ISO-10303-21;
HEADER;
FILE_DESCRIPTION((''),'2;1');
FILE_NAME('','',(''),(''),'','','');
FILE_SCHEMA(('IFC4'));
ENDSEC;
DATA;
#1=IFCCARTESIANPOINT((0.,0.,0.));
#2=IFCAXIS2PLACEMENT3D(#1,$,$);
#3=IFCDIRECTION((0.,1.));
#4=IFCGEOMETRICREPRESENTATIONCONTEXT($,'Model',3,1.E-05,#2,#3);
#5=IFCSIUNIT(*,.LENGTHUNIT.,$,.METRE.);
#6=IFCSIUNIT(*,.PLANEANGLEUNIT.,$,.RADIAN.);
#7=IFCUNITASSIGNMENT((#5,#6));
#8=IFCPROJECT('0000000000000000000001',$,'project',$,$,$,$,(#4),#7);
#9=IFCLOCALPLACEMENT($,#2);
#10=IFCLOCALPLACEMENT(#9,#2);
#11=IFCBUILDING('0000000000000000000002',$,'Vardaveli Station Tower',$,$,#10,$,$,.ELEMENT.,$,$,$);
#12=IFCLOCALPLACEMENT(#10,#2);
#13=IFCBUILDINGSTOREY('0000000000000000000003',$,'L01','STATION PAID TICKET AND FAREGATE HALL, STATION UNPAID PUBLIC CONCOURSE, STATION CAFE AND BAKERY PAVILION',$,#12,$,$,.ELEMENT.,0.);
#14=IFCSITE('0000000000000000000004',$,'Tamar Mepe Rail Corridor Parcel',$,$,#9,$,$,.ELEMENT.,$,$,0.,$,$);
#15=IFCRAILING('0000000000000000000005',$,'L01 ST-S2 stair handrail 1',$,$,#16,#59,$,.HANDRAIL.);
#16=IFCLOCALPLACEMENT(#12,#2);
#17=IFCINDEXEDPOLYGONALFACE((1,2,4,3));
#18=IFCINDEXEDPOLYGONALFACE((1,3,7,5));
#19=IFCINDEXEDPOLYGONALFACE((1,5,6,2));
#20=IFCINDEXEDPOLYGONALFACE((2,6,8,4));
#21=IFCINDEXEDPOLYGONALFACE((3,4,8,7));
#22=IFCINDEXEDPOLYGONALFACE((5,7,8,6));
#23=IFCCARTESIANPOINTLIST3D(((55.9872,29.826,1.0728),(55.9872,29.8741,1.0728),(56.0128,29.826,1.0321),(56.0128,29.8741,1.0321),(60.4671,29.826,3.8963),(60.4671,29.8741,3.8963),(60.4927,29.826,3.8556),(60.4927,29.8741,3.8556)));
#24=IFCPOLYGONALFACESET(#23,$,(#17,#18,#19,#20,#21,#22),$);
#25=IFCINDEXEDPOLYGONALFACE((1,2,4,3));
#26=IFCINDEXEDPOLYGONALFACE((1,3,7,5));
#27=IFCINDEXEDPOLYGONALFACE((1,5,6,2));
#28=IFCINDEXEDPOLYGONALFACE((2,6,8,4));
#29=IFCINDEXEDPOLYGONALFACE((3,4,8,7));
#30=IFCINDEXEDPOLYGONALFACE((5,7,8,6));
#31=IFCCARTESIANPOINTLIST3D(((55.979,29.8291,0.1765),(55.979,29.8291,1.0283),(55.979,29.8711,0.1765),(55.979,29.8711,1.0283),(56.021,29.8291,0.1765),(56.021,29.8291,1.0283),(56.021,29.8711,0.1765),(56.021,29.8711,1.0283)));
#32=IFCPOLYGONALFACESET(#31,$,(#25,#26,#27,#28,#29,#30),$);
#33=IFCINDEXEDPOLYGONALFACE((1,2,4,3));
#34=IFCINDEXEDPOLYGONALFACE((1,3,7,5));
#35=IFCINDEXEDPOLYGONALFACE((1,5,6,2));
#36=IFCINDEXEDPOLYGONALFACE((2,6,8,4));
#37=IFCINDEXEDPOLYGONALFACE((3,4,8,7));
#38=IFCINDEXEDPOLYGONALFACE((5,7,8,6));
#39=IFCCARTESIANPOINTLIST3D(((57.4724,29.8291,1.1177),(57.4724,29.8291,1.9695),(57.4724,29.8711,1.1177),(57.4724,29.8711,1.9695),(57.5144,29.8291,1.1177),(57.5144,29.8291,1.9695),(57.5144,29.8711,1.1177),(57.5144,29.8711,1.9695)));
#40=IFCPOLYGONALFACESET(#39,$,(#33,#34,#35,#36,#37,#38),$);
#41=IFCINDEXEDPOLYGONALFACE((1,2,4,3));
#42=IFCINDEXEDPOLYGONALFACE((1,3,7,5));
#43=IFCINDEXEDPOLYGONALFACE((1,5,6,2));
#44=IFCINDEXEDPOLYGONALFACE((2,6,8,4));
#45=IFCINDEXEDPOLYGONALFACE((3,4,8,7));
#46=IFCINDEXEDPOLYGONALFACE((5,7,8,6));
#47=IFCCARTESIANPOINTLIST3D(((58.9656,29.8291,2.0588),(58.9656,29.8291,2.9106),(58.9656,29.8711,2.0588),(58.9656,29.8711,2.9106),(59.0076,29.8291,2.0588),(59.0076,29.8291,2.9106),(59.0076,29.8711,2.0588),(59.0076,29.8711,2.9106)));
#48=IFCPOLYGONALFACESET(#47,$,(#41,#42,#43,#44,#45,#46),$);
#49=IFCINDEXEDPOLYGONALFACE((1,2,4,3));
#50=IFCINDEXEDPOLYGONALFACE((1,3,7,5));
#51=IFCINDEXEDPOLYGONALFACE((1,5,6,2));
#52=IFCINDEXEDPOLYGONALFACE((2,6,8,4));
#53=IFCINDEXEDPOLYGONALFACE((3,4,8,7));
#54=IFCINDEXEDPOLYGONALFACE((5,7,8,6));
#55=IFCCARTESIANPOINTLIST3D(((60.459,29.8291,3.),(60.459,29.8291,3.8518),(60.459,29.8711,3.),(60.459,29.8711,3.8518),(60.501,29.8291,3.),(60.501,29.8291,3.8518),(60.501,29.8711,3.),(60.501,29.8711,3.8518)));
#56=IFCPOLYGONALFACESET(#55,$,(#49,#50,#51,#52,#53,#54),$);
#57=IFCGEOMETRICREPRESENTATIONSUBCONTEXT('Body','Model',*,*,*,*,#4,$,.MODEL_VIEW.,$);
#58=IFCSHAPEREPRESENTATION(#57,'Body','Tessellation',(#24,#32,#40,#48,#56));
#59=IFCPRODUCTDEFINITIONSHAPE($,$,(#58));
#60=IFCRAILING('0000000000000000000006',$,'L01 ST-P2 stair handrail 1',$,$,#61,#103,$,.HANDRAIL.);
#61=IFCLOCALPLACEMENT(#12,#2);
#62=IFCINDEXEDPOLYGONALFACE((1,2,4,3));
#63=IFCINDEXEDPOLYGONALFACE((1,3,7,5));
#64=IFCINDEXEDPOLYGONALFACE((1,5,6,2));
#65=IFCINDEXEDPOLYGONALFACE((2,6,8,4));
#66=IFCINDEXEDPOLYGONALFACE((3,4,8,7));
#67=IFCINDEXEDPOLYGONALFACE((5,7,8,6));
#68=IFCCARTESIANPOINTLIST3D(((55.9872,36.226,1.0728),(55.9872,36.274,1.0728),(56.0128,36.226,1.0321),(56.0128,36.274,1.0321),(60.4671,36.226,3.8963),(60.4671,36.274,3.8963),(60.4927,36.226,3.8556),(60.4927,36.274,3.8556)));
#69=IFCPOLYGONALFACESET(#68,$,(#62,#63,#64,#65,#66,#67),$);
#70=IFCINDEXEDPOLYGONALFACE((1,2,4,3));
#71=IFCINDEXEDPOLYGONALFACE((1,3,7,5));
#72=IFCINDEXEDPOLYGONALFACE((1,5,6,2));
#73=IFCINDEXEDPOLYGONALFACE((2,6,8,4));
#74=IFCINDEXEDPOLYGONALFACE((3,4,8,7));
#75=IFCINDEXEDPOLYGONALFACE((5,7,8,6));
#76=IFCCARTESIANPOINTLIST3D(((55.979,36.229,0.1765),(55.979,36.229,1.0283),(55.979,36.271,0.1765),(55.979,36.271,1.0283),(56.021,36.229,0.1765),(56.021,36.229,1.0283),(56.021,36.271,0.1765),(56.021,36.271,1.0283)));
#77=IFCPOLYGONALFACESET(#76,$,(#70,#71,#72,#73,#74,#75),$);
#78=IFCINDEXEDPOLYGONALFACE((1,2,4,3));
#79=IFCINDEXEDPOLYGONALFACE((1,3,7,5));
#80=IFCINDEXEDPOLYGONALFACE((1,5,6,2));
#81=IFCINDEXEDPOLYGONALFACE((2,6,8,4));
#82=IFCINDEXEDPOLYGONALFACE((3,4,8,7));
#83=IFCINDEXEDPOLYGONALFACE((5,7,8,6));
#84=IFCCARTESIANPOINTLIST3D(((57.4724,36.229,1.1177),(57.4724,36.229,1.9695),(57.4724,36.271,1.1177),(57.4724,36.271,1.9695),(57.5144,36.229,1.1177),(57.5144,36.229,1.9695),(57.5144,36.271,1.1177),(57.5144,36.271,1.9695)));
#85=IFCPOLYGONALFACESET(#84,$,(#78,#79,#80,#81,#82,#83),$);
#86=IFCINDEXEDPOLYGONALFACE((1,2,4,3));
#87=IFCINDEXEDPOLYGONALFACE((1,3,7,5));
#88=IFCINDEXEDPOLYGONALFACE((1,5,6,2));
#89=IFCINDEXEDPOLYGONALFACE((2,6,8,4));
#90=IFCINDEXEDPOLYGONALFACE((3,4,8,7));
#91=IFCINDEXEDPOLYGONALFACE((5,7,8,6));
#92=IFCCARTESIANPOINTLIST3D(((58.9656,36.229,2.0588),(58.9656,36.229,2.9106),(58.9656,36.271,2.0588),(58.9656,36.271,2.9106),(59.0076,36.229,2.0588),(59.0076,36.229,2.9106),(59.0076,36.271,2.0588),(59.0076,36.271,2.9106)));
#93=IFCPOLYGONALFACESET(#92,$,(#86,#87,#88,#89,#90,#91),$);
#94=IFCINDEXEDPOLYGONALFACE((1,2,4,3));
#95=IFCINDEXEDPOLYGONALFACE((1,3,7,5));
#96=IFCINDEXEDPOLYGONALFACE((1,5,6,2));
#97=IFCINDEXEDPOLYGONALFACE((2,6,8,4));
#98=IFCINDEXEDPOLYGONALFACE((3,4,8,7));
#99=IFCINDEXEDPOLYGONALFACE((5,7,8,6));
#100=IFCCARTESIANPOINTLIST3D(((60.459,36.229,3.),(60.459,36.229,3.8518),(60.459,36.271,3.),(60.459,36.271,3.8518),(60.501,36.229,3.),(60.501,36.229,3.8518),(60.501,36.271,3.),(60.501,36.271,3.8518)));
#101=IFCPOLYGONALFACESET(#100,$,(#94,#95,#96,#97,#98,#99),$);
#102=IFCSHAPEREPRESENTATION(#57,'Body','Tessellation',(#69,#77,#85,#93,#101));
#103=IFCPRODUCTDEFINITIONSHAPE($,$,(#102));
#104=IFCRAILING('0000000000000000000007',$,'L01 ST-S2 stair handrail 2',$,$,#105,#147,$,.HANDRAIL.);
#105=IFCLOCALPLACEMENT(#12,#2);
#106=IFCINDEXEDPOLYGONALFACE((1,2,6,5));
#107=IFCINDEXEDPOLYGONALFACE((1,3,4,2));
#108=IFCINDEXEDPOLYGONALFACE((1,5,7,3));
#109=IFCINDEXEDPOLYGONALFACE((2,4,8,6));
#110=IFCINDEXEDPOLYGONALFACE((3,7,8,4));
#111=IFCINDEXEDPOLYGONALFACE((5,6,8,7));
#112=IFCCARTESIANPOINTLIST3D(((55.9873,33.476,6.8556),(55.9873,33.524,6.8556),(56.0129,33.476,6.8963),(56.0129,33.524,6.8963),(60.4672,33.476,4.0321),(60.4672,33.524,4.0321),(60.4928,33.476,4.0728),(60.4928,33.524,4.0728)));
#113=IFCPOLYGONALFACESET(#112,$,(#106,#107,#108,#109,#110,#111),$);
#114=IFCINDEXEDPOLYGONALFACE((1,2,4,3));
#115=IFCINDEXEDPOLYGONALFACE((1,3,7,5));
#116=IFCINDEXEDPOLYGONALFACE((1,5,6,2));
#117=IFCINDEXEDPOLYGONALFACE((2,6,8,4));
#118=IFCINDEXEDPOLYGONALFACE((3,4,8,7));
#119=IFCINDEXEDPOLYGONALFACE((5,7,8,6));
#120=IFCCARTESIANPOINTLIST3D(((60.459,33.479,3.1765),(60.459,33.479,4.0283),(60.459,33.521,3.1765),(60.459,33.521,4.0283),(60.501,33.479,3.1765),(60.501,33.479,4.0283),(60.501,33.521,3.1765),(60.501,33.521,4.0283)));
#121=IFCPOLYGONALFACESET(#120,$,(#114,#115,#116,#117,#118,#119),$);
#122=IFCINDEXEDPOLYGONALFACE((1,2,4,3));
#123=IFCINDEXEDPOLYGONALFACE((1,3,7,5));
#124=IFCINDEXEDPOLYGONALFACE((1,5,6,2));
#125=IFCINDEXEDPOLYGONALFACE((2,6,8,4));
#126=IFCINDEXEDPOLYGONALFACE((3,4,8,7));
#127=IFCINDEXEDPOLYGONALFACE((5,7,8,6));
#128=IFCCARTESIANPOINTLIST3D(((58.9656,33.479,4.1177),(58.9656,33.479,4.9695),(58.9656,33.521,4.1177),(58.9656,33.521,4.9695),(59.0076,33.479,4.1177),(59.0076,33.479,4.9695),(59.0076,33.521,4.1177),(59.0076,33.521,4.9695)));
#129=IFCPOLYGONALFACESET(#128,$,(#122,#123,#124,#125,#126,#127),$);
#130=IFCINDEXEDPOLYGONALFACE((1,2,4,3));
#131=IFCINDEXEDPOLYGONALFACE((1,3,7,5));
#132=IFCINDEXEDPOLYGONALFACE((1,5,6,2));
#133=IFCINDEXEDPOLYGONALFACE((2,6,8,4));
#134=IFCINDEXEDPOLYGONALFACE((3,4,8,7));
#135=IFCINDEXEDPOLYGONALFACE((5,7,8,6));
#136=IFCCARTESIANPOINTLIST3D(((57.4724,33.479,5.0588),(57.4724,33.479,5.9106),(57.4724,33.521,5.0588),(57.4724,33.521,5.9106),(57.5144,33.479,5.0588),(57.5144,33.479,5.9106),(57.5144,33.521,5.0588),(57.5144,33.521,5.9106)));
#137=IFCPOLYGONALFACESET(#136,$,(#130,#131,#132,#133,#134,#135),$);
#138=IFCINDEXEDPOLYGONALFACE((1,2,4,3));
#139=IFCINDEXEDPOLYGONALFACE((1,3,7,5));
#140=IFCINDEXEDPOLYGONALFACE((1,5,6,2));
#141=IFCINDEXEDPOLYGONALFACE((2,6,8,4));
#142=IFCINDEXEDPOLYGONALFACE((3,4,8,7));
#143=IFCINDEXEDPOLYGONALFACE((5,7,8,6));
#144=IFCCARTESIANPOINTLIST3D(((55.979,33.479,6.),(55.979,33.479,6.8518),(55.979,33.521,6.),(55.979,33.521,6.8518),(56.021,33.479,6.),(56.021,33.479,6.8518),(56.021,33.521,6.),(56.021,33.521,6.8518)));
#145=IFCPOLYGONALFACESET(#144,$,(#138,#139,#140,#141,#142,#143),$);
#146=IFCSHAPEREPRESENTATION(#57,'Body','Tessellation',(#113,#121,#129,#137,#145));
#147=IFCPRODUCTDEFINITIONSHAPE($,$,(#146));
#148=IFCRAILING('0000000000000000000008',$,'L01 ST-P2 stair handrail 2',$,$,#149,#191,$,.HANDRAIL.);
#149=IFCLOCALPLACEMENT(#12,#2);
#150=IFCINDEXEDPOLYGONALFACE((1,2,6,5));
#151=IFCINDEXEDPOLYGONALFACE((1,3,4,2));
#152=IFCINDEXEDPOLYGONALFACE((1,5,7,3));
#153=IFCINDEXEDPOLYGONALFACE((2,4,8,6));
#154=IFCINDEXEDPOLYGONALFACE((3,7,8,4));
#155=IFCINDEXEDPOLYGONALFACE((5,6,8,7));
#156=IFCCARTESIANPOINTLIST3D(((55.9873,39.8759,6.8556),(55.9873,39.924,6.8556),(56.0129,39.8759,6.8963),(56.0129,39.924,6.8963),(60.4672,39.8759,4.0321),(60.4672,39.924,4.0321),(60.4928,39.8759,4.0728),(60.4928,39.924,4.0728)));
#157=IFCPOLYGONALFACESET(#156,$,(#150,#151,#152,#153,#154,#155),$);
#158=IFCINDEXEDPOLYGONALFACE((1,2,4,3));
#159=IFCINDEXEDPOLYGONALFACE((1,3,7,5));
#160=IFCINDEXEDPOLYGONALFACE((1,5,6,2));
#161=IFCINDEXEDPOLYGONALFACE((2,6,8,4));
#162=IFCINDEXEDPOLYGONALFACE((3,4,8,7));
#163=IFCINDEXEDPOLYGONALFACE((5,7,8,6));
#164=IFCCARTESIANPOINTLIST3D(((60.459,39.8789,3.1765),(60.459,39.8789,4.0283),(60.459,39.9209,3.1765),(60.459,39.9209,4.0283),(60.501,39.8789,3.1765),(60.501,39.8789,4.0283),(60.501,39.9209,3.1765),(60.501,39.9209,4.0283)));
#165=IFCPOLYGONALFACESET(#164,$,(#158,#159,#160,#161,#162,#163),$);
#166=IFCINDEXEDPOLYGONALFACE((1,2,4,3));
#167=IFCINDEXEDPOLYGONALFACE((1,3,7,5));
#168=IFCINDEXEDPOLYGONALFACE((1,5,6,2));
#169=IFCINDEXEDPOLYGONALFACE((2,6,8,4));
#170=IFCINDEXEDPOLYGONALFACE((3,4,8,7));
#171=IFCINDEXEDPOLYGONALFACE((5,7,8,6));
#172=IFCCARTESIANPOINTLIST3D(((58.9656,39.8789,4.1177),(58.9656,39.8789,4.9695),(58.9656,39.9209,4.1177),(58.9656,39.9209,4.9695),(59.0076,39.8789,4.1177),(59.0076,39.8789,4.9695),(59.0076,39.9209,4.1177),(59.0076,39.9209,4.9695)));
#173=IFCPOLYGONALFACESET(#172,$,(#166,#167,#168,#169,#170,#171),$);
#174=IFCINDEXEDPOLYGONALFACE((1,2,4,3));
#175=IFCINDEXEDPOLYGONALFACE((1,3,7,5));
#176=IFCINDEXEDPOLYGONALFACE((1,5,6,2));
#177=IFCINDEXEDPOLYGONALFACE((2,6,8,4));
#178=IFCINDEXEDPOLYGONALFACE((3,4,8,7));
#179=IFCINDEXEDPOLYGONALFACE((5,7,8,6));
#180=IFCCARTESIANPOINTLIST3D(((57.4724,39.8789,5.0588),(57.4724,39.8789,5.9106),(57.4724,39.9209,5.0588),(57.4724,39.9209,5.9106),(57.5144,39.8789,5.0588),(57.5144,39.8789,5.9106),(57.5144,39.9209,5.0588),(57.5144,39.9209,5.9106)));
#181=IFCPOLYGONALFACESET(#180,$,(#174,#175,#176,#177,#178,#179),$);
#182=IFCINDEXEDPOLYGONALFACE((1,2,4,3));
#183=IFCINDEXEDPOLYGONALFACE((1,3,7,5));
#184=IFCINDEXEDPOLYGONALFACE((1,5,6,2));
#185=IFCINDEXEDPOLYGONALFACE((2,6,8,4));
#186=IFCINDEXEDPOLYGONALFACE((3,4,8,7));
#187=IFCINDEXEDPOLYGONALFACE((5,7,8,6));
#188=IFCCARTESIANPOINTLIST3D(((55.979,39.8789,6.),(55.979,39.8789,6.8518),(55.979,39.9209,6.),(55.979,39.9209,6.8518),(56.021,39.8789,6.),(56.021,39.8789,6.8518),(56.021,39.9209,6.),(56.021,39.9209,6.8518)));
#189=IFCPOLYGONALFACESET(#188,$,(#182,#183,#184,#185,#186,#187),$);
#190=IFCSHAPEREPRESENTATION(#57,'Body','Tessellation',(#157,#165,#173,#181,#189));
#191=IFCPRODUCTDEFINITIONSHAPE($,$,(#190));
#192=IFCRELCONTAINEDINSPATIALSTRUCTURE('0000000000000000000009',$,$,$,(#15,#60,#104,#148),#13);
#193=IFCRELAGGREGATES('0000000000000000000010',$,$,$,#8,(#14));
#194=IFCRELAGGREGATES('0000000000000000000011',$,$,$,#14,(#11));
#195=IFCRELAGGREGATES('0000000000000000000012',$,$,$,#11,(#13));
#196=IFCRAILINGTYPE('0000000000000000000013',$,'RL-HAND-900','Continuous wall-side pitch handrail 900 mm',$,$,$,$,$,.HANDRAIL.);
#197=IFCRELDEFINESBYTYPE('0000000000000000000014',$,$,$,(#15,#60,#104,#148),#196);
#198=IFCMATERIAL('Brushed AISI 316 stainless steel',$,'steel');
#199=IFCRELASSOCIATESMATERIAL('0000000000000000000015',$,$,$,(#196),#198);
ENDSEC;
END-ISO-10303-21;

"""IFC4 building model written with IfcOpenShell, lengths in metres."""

from ifc_helpers import new_model, si_unit, direction, frame, origin, origin_2d, place, context, subcontext, project, spatial, rectangle, extrude, source, transform, mapped, material, type_object, element, save


model = new_model("IFC4")

# Units and contexts
model_context = context("Model", 3, precision=1e-05, world=origin(), true_north=direction((0.0, 1.0)))
body_context = subcontext(model_context, "Body", "Model", "MODEL_VIEW")
ifc_project = project(units=[si_unit("LENGTHUNIT", "METRE"), si_unit("PLANEANGLEUNIT", "RADIAN")], contexts=[model_context])

# Site, building, storey
site_placement = place(None, origin())
site = spatial("IfcSite", under=ifc_project, at=site_placement, Name="Tamar Mepe Rail Corridor Parcel", CompositionType="ELEMENT", RefElevation=0.0)
building_placement = place(site_placement, origin())
building = spatial("IfcBuilding", under=site, at=building_placement, Name="Vardaveli Station Tower", CompositionType="ELEMENT")
storey_placement = place(building_placement, origin())
storey = spatial("IfcBuildingStorey", under=building, at=storey_placement, Name="L01", Description="STATION PAID TICKET AND FAREGATE HALL, STATION UNPAID PUBLIC CONCOURSE, STATION CAFE AND BAKERY PAVILION", CompositionType="ELEMENT", Elevation=0.0)

# Railings
ifc_material_1 = material(Name="Brushed AISI 316 stainless steel", Category="steel")
railing_type_1 = type_object("IfcRailingType", Name="RL-HAND-900", Description="Continuous wall-side pitch handrail 900 mm", PredefinedType="HANDRAIL", material=ifc_material_1)
shared_shape_1 = source(origin(), body_context, "Body", "SweptSolid", [
    extrude(rectangle(XDim=0.0481, YDim=0.0481, at=origin_2d()), frame((0.0, 0.0, 0.876), z_axis=(0.845998, 0.0, 0.533186), x_axis=(0.0, 1.0, 0.0)), (0.0, 0.0, 1.0), 5.2954),
    extrude(rectangle(XDim=0.042, YDim=0.042, at=origin_2d()), origin(), (0.0, 0.0, 1.0), 0.8518),
    extrude(rectangle(XDim=0.042, YDim=0.042, at=origin_2d()), frame((1.4934, 0.0, 0.9412)), (0.0, 0.0, 1.0), 0.8518),
    extrude(rectangle(XDim=0.042, YDim=0.042, at=origin_2d()), frame((2.9866, 0.0, 1.8823)), (0.0, 0.0, 1.0), 0.8518),
    extrude(rectangle(XDim=0.042, YDim=0.042, at=origin_2d()), frame((4.48, 0.0, 2.8235)), (0.0, 0.0, 1.0), 0.8518),
])
for number, where, name in (
    (1, (56.0, 29.8501, 0.1765), "L01 ST-S2 stair handrail 1"),
    (2, (56.0, 36.25, 0.1765), "L01 ST-P2 stair handrail 1"),
):
    element("IfcRailing", number, at=place(storey_placement, frame(where)), inside=storey, type_object=railing_type_1, Name=name, PredefinedType="HANDRAIL", context=body_context, shape_type="MappedRepresentation", body=[
        mapped(shared_shape_1, transform((0.0, 0.0, 0.0), scale=1.0)),
    ])
shared_shape_2 = source(origin(), body_context, "Body", "SweptSolid", [
    extrude(rectangle(XDim=0.0481, YDim=0.0481, at=origin_2d()), frame((0.0, 0.0, 0.876), z_axis=(-0.845998, 0.0, 0.533186), x_axis=(0.0, -1.0, 0.0)), (0.0, 0.0, 1.0), 5.2954),
    extrude(rectangle(XDim=0.042, YDim=0.042, at=origin_2d()), origin(), (0.0, 0.0, 1.0), 0.8518),
    extrude(rectangle(XDim=0.042, YDim=0.042, at=origin_2d()), frame((-1.4934, 0.0, 0.9412)), (0.0, 0.0, 1.0), 0.8518),
    extrude(rectangle(XDim=0.042, YDim=0.042, at=origin_2d()), frame((-2.9866, 0.0, 1.8823)), (0.0, 0.0, 1.0), 0.8518),
    extrude(rectangle(XDim=0.042, YDim=0.042, at=origin_2d()), frame((-4.48, 0.0, 2.8235)), (0.0, 0.0, 1.0), 0.8518),
])
for number, where, name in (
    (3, (60.48, 33.5, 3.1765), "L01 ST-S2 stair handrail 2"),
    (4, (60.48, 39.8999, 3.1765), "L01 ST-P2 stair handrail 2"),
):
    element("IfcRailing", number, at=place(storey_placement, frame(where)), inside=storey, type_object=railing_type_1, Name=name, PredefinedType="HANDRAIL", context=body_context, shape_type="MappedRepresentation", body=[
        mapped(shared_shape_2, transform((0.0, 0.0, 0.0), scale=1.0)),
    ])

save(model, "model.ifc")
